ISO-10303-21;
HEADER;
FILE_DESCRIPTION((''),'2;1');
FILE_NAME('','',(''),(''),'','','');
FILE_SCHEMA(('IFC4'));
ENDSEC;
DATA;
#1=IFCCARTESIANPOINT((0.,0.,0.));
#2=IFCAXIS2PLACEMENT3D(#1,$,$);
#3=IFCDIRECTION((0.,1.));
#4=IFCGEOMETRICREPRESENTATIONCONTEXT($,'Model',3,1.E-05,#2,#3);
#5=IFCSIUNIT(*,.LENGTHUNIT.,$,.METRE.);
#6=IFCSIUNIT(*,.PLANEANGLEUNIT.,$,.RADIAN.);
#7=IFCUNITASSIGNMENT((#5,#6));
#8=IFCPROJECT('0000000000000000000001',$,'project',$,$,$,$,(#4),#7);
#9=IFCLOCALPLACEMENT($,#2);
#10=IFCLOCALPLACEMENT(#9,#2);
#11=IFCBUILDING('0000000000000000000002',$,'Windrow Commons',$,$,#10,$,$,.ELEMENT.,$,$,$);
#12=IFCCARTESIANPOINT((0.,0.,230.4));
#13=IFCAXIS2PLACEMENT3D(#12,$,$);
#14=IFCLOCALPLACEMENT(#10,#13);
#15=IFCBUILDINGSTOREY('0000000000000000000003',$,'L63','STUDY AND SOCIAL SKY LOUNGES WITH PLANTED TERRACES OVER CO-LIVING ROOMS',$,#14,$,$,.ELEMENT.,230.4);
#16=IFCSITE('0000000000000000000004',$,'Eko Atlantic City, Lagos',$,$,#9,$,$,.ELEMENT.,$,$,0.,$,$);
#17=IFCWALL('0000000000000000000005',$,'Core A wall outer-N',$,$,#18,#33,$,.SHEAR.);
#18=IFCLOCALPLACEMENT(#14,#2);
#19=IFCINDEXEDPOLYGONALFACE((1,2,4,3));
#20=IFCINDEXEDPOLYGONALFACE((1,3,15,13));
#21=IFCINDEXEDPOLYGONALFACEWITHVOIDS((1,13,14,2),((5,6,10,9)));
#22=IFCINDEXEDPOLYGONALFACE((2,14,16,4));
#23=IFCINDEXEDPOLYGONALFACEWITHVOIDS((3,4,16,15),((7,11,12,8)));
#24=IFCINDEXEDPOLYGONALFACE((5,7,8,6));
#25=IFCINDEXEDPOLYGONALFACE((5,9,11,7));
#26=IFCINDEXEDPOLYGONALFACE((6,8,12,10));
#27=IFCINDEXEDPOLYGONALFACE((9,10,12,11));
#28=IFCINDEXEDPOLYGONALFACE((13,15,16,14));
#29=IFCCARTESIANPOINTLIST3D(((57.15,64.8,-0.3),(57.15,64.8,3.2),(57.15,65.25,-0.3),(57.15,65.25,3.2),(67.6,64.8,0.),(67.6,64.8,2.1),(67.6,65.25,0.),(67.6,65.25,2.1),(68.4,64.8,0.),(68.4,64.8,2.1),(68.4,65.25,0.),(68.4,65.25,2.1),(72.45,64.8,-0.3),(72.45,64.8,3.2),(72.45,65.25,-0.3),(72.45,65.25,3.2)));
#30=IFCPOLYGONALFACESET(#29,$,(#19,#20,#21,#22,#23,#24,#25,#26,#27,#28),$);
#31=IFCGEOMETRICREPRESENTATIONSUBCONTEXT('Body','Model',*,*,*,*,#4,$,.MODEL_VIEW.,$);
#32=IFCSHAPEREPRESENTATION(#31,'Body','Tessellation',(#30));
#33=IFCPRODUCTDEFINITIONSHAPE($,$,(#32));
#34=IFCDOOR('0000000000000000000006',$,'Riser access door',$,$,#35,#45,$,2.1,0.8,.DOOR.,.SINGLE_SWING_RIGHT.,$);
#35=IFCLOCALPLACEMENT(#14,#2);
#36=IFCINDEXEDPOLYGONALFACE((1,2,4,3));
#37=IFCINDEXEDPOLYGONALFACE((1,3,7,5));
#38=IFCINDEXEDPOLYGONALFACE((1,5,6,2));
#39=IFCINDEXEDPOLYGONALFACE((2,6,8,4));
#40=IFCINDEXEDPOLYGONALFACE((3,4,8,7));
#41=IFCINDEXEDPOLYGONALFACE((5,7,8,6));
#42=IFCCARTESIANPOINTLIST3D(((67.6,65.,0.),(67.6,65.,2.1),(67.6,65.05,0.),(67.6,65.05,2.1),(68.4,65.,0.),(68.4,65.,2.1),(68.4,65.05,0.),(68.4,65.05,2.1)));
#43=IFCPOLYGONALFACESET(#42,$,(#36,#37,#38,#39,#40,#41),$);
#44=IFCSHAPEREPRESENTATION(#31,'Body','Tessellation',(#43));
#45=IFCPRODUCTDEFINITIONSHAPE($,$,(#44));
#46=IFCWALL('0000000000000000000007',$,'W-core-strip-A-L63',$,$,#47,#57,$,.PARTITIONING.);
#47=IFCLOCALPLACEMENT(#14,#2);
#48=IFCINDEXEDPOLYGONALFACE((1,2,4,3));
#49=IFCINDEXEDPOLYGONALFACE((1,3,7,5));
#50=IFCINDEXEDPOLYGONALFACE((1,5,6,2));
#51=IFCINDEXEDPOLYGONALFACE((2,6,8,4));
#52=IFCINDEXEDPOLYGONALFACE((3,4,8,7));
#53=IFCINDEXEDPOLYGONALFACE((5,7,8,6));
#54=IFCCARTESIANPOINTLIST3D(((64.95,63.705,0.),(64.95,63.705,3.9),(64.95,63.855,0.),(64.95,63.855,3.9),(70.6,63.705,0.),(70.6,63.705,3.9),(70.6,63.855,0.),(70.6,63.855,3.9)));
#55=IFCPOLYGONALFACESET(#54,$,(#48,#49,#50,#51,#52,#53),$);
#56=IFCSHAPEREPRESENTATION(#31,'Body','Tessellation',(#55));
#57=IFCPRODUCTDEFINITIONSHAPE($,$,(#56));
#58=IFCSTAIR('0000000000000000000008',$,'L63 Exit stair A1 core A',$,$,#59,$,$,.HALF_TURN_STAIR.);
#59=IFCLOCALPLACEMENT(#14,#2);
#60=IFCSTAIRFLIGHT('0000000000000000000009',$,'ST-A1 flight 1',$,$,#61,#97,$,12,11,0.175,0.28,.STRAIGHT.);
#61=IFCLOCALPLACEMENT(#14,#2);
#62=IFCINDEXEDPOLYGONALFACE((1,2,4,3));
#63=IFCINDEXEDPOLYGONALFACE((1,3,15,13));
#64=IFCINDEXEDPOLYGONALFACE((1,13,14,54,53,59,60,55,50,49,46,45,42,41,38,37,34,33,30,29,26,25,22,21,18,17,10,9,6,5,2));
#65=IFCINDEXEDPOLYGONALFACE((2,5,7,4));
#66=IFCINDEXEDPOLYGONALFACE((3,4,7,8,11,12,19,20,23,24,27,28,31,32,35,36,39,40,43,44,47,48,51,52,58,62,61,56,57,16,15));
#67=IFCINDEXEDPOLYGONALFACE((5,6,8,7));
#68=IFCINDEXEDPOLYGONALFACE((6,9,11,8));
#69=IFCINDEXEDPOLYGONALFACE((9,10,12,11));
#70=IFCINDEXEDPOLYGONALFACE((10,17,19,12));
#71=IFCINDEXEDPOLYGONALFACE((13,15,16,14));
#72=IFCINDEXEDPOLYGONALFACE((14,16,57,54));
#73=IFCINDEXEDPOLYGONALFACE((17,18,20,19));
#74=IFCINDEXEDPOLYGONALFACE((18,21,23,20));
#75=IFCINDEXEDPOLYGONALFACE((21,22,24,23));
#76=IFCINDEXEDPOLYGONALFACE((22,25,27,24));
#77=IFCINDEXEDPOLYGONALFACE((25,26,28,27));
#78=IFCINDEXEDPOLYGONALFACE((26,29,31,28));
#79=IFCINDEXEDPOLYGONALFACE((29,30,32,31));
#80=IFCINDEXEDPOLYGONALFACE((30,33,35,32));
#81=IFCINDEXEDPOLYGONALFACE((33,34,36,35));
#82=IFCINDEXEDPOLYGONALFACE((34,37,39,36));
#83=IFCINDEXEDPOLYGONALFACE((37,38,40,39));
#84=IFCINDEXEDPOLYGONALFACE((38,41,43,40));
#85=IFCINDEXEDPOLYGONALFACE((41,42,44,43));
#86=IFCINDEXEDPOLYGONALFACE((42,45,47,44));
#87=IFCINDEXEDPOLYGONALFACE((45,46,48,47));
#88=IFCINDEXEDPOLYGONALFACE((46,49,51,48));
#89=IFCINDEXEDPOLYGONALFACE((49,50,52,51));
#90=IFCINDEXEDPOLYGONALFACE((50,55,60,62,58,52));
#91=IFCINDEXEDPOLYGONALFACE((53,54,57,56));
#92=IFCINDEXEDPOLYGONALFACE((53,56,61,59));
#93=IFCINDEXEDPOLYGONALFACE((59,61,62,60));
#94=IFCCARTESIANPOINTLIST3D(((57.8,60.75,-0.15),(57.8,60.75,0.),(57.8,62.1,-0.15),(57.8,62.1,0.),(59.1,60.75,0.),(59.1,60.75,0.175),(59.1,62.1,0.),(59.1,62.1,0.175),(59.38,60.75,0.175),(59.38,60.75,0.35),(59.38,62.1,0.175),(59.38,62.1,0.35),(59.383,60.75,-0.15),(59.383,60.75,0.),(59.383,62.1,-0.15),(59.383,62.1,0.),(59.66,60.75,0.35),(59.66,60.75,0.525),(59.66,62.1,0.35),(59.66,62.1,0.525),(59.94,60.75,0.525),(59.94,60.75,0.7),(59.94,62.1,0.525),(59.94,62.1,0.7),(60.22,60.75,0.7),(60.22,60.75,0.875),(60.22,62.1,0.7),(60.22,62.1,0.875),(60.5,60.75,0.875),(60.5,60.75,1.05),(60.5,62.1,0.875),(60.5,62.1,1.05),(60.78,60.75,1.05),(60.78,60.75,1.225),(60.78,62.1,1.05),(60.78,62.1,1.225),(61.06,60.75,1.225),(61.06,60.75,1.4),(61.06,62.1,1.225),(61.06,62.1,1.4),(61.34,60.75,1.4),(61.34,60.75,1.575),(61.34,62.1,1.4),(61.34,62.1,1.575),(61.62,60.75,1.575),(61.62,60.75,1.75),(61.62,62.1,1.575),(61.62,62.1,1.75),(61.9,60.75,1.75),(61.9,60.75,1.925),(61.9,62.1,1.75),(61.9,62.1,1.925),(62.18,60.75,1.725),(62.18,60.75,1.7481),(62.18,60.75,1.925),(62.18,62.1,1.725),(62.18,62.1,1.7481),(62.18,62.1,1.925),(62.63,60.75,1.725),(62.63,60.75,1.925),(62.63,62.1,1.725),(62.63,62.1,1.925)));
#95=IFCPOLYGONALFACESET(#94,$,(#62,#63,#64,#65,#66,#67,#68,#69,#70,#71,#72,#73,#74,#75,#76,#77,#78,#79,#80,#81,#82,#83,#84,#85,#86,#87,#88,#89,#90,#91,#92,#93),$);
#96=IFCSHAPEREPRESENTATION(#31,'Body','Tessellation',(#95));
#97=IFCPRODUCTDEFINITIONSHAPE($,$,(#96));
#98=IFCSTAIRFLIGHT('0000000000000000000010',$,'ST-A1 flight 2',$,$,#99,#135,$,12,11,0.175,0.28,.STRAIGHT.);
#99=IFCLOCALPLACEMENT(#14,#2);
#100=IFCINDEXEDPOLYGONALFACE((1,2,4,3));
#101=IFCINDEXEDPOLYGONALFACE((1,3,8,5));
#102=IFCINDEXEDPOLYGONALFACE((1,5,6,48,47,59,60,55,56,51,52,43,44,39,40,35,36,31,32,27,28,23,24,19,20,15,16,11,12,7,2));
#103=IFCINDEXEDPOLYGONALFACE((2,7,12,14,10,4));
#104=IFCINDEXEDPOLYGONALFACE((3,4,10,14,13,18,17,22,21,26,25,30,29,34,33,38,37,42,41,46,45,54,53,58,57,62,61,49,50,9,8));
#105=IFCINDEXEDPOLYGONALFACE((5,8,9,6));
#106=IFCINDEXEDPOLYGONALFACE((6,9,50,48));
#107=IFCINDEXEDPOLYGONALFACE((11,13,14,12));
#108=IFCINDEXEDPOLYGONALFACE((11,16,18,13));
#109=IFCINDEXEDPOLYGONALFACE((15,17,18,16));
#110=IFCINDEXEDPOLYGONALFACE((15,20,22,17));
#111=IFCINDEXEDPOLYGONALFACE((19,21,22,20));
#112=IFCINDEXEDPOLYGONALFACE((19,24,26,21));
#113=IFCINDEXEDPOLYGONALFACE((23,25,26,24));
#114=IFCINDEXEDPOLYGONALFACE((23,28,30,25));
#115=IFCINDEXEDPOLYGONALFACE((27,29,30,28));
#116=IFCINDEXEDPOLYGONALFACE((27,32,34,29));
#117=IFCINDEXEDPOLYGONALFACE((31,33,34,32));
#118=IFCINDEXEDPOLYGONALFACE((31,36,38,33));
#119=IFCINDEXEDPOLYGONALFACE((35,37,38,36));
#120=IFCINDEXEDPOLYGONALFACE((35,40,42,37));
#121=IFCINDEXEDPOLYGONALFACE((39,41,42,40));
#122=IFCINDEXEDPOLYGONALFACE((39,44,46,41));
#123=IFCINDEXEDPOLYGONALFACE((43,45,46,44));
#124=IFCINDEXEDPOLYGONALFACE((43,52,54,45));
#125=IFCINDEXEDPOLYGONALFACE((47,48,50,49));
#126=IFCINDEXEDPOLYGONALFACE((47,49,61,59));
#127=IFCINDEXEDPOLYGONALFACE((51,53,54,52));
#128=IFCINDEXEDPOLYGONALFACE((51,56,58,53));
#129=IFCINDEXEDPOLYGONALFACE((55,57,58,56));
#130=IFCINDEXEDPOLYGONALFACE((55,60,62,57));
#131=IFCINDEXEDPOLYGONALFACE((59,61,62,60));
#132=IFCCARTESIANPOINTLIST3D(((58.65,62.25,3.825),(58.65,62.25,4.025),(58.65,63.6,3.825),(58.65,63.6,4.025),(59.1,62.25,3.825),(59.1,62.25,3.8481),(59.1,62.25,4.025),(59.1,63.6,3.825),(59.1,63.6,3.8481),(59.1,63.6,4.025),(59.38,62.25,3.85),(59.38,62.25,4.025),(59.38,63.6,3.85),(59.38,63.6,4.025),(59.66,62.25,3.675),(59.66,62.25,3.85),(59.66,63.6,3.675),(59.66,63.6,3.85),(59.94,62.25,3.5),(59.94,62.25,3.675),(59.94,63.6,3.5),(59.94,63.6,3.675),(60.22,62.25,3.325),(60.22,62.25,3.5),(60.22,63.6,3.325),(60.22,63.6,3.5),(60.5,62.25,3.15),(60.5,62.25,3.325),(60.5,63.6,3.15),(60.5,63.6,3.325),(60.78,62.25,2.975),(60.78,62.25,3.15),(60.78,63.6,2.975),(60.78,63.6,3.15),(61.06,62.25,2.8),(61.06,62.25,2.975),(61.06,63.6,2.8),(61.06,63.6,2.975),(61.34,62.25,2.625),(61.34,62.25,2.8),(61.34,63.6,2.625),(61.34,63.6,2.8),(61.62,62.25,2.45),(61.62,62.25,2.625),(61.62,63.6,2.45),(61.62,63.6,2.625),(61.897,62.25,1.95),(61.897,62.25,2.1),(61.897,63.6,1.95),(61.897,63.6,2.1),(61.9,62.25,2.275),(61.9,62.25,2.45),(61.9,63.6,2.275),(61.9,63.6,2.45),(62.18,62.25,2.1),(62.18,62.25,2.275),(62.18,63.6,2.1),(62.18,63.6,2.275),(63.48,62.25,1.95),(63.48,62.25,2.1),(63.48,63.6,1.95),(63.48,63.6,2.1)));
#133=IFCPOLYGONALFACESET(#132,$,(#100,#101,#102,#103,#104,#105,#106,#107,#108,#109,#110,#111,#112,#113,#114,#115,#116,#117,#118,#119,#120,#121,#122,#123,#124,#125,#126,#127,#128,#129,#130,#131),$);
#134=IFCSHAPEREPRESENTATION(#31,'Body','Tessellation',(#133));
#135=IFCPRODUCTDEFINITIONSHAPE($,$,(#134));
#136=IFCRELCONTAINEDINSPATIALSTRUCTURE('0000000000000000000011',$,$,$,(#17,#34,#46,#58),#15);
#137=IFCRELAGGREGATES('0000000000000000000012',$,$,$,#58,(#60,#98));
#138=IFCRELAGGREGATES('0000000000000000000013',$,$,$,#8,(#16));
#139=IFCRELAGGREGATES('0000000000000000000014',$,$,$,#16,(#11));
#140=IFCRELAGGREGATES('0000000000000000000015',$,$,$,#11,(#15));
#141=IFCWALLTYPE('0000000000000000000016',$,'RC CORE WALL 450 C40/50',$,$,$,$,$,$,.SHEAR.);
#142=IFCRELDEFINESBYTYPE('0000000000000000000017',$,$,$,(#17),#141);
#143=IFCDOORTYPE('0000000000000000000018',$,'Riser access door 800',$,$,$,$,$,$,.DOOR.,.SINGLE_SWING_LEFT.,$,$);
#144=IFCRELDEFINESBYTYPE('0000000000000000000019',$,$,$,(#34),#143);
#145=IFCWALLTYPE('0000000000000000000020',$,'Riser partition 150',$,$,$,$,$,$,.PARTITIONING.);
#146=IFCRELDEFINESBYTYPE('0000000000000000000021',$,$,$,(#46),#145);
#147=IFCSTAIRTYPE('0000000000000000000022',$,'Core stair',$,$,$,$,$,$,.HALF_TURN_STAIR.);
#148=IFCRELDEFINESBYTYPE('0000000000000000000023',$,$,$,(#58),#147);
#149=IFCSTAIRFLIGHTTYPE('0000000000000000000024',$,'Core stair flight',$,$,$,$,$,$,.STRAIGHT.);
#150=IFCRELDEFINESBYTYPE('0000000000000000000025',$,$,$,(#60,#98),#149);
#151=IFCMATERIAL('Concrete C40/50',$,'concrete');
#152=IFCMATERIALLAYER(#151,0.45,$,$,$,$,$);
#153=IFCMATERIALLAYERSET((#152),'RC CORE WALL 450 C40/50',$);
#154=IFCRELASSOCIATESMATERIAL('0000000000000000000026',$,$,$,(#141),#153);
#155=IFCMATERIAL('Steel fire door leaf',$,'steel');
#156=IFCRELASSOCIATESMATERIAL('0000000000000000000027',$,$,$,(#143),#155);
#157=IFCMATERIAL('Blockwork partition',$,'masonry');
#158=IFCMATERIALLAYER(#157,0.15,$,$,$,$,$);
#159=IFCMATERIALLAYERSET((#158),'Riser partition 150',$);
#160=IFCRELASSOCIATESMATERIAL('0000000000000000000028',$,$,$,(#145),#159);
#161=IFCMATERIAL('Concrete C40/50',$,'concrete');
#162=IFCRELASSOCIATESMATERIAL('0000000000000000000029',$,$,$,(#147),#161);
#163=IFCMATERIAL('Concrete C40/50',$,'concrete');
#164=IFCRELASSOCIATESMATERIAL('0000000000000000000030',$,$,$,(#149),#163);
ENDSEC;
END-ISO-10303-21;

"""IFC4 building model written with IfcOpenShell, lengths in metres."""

from ifc_helpers import new_model, si_unit, direction, frame, frame_2d, origin, place, context, subcontext, project, spatial, polyline, rectangle, outline, extrude, material, layer, layer_set, type_object, element, fill, aggregate, save


model = new_model("IFC4")

# Units and contexts
model_context = context("Model", 3, precision=1e-05, world=origin(), true_north=direction((0.0, 1.0)))
body_context = subcontext(model_context, "Body", "Model", "MODEL_VIEW")
ifc_project = project(units=[si_unit("LENGTHUNIT", "METRE"), si_unit("PLANEANGLEUNIT", "RADIAN")], contexts=[model_context])

# Site, building, storey
site_placement = place(None, origin())
site = spatial("IfcSite", under=ifc_project, at=site_placement, Name="Eko Atlantic City, Lagos", CompositionType="ELEMENT", RefElevation=0.0)
building_placement = place(site_placement, origin())
building = spatial("IfcBuilding", under=site, at=building_placement, Name="Windrow Commons", CompositionType="ELEMENT")
storey_placement = place(building_placement, frame((0.0, 0.0, 230.4)))
storey = spatial("IfcBuildingStorey", under=building, at=storey_placement, Name="L63", Description="STUDY AND SOCIAL SKY LOUNGES WITH PLANTED TERRACES OVER CO-LIVING ROOMS", CompositionType="ELEMENT", Elevation=230.4)

# Shared definitions
placement = place(storey_placement, origin())

# Wall, opening, door
ifc_material_1 = material(Name="Concrete C40/50", Category="concrete")
ifc_layer_1 = layer(ifc_material_1, 0.45)
ifc_layer_set_1 = layer_set([ifc_layer_1], Name="RC CORE WALL 450 C40/50")
wall_type_1 = type_object("IfcWallType", Name="RC CORE WALL 450 C40/50", PredefinedType="SHEAR", material=ifc_layer_set_1)
wall_1_placement = place(storey_placement, frame((57.15, 65.025, -0.3), z_axis=(0.0, 0.0, 1.0), x_axis=(1.0, 0.0, 0.0)))
wall_1 = element("IfcWall", 1, at=wall_1_placement, inside=storey, type_object=wall_type_1, Name="Core A wall outer-N", PredefinedType="SHEAR", context=body_context, shape_type="SweptSolid", body=[
    extrude(rectangle(XDim=15.3, YDim=0.45, at=frame_2d((7.65, 0.0))), origin(), (0.0, 0.0, 1.0), 3.5),
])
opening_1_placement = place(wall_1_placement, frame((10.45, 0.0, 0.3)))
opening_1 = element("IfcOpeningElement", 2, at=opening_1_placement, cuts=wall_1, PredefinedType="OPENING", context=body_context, shape_type="SweptSolid", body=[
    extrude(rectangle(XDim=0.8, YDim=2.1, at=frame_2d((0.4, 1.05))), frame((0.0, 0.235, 0.0), z_axis=(0.0, -1.0, 0.0), x_axis=(1.0, 0.0, 0.0)), (0.0, 0.0, 1.0), 0.47),
])
ifc_material_2 = material(Name="Steel fire door leaf", Category="steel")
door_type_1 = type_object("IfcDoorType", Name="Riser access door 800", OperationType="SINGLE_SWING_LEFT", PredefinedType="DOOR", material=ifc_material_2)
door_1_placement = place(opening_1_placement, origin())
door_1 = element("IfcDoor", 3, at=door_1_placement, inside=storey, type_object=door_type_1, Name="Riser access door", OperationType="SINGLE_SWING_RIGHT", OverallHeight=2.1, OverallWidth=0.8, PredefinedType="DOOR", context=body_context, shape_type="SweptSolid", body=[
    extrude(rectangle(XDim=0.8, YDim=2.1, at=frame_2d((0.4, 1.05))), frame((0.0, 0.025, 0.0), z_axis=(0.0, -1.0, 0.0), x_axis=(1.0, 0.0, 0.0)), (0.0, 0.0, 1.0), 0.05),
])
fill(opening_1, door_1)

# Wall
ifc_material_3 = material(Name="Blockwork partition", Category="masonry")
ifc_layer_2 = layer(ifc_material_3, 0.15)
ifc_layer_set_2 = layer_set([ifc_layer_2], Name="Riser partition 150")
wall_type_2 = type_object("IfcWallType", Name="Riser partition 150", PredefinedType="PARTITIONING", material=ifc_layer_set_2)
wall_2_placement = place(storey_placement, frame((64.95, 63.78, 0.0), z_axis=(0.0, 0.0, 1.0), x_axis=(1.0, 0.0, 0.0)))
element("IfcWall", 4, at=wall_2_placement, inside=storey, type_object=wall_type_2, Name="W-core-strip-A-L63", PredefinedType="PARTITIONING", context=body_context, shape_type="SweptSolid", body=[
    extrude(rectangle(XDim=5.65, YDim=0.15, at=frame_2d((2.825, 0.0))), origin(), (0.0, 0.0, 1.0), 3.9),
])

# Stair, stair flights
ifc_material_4 = material(Name="Concrete C40/50", Category="concrete")
stair_type = type_object("IfcStairType", Name="Core stair", PredefinedType="HALF_TURN_STAIR", material=ifc_material_4)
stair = element("IfcStair", 5, at=placement, inside=storey, type_object=stair_type, Name="L63 Exit stair A1 core A", PredefinedType="HALF_TURN_STAIR")
ifc_material_5 = material(Name="Concrete C40/50", Category="concrete")
stair_flight_type = type_object("IfcStairFlightType", Name="Core stair flight", PredefinedType="STRAIGHT", material=ifc_material_5)
stair_flight_1_placement = place(storey_placement, frame((59.1, 61.425, 0.0), z_axis=(0.0, 0.0, 1.0), x_axis=(1.0, 0.0, 0.0)))
stair_flight_1 = element("IfcStairFlight", 6, at=stair_flight_1_placement, type_object=stair_flight_type, Name="ST-A1 flight 1", NumberOfRisers=12, NumberOfTreads=11, PredefinedType="STRAIGHT", RiserHeight=0.175, TreadLength=0.28, context=body_context, shape_type="SweptSolid", body=[
    extrude(outline(polyline([(-1.3, -0.15), (-1.3, 0.0), (0.0, 0.0), (0.0, 0.175), (0.28, 0.175), (0.28, 0.35), (0.56, 0.35), (0.56, 0.525), (0.84, 0.525), (0.84, 0.7), (1.12, 0.7), (1.12, 0.875), (1.4, 0.875), (1.4, 1.05), (1.68, 1.05), (1.68, 1.225), (1.96, 1.225), (1.96, 1.4), (2.24, 1.4), (2.24, 1.575), (2.52, 1.575), (2.52, 1.75), (2.8, 1.75), (2.8, 1.925), (3.08, 1.925), (3.53, 1.925), (3.53, 1.725), (3.08, 1.725), (3.08, 1.7481), (0.283, 0.0), (0.283, -0.15), (-1.3, -0.15)])), frame((0.0, 0.675, 0.0), z_axis=(0.0, -1.0, 0.0), x_axis=(1.0, 0.0, 0.0)), (0.0, 0.0, 1.0), 1.35),
])
stair_flight_2_placement = place(storey_placement, frame((62.18, 62.925, 2.1), z_axis=(0.0, 0.0, 1.0), x_axis=(-1.0, 0.0, 0.0)))
stair_flight_2 = element("IfcStairFlight", 7, at=stair_flight_2_placement, type_object=stair_flight_type, Name="ST-A1 flight 2", NumberOfRisers=12, NumberOfTreads=11, PredefinedType="STRAIGHT", RiserHeight=0.175, TreadLength=0.28, context=body_context, shape_type="SweptSolid", body=[
    extrude(outline(polyline([(-1.3, -0.15), (-1.3, 0.0), (0.0, 0.0), (0.0, 0.175), (0.28, 0.175), (0.28, 0.35), (0.56, 0.35), (0.56, 0.525), (0.84, 0.525), (0.84, 0.7), (1.12, 0.7), (1.12, 0.875), (1.4, 0.875), (1.4, 1.05), (1.68, 1.05), (1.68, 1.225), (1.96, 1.225), (1.96, 1.4), (2.24, 1.4), (2.24, 1.575), (2.52, 1.575), (2.52, 1.75), (2.8, 1.75), (2.8, 1.925), (3.08, 1.925), (3.53, 1.925), (3.53, 1.725), (3.08, 1.725), (3.08, 1.7481), (0.283, 0.0), (0.283, -0.15), (-1.3, -0.15)])), frame((0.0, 0.675, 0.0), z_axis=(0.0, -1.0, 0.0), x_axis=(1.0, 0.0, 0.0)), (0.0, 0.0, 1.0), 1.35),
])
aggregate(stair, [stair_flight_1, stair_flight_2])

save(model, "model.ifc")
